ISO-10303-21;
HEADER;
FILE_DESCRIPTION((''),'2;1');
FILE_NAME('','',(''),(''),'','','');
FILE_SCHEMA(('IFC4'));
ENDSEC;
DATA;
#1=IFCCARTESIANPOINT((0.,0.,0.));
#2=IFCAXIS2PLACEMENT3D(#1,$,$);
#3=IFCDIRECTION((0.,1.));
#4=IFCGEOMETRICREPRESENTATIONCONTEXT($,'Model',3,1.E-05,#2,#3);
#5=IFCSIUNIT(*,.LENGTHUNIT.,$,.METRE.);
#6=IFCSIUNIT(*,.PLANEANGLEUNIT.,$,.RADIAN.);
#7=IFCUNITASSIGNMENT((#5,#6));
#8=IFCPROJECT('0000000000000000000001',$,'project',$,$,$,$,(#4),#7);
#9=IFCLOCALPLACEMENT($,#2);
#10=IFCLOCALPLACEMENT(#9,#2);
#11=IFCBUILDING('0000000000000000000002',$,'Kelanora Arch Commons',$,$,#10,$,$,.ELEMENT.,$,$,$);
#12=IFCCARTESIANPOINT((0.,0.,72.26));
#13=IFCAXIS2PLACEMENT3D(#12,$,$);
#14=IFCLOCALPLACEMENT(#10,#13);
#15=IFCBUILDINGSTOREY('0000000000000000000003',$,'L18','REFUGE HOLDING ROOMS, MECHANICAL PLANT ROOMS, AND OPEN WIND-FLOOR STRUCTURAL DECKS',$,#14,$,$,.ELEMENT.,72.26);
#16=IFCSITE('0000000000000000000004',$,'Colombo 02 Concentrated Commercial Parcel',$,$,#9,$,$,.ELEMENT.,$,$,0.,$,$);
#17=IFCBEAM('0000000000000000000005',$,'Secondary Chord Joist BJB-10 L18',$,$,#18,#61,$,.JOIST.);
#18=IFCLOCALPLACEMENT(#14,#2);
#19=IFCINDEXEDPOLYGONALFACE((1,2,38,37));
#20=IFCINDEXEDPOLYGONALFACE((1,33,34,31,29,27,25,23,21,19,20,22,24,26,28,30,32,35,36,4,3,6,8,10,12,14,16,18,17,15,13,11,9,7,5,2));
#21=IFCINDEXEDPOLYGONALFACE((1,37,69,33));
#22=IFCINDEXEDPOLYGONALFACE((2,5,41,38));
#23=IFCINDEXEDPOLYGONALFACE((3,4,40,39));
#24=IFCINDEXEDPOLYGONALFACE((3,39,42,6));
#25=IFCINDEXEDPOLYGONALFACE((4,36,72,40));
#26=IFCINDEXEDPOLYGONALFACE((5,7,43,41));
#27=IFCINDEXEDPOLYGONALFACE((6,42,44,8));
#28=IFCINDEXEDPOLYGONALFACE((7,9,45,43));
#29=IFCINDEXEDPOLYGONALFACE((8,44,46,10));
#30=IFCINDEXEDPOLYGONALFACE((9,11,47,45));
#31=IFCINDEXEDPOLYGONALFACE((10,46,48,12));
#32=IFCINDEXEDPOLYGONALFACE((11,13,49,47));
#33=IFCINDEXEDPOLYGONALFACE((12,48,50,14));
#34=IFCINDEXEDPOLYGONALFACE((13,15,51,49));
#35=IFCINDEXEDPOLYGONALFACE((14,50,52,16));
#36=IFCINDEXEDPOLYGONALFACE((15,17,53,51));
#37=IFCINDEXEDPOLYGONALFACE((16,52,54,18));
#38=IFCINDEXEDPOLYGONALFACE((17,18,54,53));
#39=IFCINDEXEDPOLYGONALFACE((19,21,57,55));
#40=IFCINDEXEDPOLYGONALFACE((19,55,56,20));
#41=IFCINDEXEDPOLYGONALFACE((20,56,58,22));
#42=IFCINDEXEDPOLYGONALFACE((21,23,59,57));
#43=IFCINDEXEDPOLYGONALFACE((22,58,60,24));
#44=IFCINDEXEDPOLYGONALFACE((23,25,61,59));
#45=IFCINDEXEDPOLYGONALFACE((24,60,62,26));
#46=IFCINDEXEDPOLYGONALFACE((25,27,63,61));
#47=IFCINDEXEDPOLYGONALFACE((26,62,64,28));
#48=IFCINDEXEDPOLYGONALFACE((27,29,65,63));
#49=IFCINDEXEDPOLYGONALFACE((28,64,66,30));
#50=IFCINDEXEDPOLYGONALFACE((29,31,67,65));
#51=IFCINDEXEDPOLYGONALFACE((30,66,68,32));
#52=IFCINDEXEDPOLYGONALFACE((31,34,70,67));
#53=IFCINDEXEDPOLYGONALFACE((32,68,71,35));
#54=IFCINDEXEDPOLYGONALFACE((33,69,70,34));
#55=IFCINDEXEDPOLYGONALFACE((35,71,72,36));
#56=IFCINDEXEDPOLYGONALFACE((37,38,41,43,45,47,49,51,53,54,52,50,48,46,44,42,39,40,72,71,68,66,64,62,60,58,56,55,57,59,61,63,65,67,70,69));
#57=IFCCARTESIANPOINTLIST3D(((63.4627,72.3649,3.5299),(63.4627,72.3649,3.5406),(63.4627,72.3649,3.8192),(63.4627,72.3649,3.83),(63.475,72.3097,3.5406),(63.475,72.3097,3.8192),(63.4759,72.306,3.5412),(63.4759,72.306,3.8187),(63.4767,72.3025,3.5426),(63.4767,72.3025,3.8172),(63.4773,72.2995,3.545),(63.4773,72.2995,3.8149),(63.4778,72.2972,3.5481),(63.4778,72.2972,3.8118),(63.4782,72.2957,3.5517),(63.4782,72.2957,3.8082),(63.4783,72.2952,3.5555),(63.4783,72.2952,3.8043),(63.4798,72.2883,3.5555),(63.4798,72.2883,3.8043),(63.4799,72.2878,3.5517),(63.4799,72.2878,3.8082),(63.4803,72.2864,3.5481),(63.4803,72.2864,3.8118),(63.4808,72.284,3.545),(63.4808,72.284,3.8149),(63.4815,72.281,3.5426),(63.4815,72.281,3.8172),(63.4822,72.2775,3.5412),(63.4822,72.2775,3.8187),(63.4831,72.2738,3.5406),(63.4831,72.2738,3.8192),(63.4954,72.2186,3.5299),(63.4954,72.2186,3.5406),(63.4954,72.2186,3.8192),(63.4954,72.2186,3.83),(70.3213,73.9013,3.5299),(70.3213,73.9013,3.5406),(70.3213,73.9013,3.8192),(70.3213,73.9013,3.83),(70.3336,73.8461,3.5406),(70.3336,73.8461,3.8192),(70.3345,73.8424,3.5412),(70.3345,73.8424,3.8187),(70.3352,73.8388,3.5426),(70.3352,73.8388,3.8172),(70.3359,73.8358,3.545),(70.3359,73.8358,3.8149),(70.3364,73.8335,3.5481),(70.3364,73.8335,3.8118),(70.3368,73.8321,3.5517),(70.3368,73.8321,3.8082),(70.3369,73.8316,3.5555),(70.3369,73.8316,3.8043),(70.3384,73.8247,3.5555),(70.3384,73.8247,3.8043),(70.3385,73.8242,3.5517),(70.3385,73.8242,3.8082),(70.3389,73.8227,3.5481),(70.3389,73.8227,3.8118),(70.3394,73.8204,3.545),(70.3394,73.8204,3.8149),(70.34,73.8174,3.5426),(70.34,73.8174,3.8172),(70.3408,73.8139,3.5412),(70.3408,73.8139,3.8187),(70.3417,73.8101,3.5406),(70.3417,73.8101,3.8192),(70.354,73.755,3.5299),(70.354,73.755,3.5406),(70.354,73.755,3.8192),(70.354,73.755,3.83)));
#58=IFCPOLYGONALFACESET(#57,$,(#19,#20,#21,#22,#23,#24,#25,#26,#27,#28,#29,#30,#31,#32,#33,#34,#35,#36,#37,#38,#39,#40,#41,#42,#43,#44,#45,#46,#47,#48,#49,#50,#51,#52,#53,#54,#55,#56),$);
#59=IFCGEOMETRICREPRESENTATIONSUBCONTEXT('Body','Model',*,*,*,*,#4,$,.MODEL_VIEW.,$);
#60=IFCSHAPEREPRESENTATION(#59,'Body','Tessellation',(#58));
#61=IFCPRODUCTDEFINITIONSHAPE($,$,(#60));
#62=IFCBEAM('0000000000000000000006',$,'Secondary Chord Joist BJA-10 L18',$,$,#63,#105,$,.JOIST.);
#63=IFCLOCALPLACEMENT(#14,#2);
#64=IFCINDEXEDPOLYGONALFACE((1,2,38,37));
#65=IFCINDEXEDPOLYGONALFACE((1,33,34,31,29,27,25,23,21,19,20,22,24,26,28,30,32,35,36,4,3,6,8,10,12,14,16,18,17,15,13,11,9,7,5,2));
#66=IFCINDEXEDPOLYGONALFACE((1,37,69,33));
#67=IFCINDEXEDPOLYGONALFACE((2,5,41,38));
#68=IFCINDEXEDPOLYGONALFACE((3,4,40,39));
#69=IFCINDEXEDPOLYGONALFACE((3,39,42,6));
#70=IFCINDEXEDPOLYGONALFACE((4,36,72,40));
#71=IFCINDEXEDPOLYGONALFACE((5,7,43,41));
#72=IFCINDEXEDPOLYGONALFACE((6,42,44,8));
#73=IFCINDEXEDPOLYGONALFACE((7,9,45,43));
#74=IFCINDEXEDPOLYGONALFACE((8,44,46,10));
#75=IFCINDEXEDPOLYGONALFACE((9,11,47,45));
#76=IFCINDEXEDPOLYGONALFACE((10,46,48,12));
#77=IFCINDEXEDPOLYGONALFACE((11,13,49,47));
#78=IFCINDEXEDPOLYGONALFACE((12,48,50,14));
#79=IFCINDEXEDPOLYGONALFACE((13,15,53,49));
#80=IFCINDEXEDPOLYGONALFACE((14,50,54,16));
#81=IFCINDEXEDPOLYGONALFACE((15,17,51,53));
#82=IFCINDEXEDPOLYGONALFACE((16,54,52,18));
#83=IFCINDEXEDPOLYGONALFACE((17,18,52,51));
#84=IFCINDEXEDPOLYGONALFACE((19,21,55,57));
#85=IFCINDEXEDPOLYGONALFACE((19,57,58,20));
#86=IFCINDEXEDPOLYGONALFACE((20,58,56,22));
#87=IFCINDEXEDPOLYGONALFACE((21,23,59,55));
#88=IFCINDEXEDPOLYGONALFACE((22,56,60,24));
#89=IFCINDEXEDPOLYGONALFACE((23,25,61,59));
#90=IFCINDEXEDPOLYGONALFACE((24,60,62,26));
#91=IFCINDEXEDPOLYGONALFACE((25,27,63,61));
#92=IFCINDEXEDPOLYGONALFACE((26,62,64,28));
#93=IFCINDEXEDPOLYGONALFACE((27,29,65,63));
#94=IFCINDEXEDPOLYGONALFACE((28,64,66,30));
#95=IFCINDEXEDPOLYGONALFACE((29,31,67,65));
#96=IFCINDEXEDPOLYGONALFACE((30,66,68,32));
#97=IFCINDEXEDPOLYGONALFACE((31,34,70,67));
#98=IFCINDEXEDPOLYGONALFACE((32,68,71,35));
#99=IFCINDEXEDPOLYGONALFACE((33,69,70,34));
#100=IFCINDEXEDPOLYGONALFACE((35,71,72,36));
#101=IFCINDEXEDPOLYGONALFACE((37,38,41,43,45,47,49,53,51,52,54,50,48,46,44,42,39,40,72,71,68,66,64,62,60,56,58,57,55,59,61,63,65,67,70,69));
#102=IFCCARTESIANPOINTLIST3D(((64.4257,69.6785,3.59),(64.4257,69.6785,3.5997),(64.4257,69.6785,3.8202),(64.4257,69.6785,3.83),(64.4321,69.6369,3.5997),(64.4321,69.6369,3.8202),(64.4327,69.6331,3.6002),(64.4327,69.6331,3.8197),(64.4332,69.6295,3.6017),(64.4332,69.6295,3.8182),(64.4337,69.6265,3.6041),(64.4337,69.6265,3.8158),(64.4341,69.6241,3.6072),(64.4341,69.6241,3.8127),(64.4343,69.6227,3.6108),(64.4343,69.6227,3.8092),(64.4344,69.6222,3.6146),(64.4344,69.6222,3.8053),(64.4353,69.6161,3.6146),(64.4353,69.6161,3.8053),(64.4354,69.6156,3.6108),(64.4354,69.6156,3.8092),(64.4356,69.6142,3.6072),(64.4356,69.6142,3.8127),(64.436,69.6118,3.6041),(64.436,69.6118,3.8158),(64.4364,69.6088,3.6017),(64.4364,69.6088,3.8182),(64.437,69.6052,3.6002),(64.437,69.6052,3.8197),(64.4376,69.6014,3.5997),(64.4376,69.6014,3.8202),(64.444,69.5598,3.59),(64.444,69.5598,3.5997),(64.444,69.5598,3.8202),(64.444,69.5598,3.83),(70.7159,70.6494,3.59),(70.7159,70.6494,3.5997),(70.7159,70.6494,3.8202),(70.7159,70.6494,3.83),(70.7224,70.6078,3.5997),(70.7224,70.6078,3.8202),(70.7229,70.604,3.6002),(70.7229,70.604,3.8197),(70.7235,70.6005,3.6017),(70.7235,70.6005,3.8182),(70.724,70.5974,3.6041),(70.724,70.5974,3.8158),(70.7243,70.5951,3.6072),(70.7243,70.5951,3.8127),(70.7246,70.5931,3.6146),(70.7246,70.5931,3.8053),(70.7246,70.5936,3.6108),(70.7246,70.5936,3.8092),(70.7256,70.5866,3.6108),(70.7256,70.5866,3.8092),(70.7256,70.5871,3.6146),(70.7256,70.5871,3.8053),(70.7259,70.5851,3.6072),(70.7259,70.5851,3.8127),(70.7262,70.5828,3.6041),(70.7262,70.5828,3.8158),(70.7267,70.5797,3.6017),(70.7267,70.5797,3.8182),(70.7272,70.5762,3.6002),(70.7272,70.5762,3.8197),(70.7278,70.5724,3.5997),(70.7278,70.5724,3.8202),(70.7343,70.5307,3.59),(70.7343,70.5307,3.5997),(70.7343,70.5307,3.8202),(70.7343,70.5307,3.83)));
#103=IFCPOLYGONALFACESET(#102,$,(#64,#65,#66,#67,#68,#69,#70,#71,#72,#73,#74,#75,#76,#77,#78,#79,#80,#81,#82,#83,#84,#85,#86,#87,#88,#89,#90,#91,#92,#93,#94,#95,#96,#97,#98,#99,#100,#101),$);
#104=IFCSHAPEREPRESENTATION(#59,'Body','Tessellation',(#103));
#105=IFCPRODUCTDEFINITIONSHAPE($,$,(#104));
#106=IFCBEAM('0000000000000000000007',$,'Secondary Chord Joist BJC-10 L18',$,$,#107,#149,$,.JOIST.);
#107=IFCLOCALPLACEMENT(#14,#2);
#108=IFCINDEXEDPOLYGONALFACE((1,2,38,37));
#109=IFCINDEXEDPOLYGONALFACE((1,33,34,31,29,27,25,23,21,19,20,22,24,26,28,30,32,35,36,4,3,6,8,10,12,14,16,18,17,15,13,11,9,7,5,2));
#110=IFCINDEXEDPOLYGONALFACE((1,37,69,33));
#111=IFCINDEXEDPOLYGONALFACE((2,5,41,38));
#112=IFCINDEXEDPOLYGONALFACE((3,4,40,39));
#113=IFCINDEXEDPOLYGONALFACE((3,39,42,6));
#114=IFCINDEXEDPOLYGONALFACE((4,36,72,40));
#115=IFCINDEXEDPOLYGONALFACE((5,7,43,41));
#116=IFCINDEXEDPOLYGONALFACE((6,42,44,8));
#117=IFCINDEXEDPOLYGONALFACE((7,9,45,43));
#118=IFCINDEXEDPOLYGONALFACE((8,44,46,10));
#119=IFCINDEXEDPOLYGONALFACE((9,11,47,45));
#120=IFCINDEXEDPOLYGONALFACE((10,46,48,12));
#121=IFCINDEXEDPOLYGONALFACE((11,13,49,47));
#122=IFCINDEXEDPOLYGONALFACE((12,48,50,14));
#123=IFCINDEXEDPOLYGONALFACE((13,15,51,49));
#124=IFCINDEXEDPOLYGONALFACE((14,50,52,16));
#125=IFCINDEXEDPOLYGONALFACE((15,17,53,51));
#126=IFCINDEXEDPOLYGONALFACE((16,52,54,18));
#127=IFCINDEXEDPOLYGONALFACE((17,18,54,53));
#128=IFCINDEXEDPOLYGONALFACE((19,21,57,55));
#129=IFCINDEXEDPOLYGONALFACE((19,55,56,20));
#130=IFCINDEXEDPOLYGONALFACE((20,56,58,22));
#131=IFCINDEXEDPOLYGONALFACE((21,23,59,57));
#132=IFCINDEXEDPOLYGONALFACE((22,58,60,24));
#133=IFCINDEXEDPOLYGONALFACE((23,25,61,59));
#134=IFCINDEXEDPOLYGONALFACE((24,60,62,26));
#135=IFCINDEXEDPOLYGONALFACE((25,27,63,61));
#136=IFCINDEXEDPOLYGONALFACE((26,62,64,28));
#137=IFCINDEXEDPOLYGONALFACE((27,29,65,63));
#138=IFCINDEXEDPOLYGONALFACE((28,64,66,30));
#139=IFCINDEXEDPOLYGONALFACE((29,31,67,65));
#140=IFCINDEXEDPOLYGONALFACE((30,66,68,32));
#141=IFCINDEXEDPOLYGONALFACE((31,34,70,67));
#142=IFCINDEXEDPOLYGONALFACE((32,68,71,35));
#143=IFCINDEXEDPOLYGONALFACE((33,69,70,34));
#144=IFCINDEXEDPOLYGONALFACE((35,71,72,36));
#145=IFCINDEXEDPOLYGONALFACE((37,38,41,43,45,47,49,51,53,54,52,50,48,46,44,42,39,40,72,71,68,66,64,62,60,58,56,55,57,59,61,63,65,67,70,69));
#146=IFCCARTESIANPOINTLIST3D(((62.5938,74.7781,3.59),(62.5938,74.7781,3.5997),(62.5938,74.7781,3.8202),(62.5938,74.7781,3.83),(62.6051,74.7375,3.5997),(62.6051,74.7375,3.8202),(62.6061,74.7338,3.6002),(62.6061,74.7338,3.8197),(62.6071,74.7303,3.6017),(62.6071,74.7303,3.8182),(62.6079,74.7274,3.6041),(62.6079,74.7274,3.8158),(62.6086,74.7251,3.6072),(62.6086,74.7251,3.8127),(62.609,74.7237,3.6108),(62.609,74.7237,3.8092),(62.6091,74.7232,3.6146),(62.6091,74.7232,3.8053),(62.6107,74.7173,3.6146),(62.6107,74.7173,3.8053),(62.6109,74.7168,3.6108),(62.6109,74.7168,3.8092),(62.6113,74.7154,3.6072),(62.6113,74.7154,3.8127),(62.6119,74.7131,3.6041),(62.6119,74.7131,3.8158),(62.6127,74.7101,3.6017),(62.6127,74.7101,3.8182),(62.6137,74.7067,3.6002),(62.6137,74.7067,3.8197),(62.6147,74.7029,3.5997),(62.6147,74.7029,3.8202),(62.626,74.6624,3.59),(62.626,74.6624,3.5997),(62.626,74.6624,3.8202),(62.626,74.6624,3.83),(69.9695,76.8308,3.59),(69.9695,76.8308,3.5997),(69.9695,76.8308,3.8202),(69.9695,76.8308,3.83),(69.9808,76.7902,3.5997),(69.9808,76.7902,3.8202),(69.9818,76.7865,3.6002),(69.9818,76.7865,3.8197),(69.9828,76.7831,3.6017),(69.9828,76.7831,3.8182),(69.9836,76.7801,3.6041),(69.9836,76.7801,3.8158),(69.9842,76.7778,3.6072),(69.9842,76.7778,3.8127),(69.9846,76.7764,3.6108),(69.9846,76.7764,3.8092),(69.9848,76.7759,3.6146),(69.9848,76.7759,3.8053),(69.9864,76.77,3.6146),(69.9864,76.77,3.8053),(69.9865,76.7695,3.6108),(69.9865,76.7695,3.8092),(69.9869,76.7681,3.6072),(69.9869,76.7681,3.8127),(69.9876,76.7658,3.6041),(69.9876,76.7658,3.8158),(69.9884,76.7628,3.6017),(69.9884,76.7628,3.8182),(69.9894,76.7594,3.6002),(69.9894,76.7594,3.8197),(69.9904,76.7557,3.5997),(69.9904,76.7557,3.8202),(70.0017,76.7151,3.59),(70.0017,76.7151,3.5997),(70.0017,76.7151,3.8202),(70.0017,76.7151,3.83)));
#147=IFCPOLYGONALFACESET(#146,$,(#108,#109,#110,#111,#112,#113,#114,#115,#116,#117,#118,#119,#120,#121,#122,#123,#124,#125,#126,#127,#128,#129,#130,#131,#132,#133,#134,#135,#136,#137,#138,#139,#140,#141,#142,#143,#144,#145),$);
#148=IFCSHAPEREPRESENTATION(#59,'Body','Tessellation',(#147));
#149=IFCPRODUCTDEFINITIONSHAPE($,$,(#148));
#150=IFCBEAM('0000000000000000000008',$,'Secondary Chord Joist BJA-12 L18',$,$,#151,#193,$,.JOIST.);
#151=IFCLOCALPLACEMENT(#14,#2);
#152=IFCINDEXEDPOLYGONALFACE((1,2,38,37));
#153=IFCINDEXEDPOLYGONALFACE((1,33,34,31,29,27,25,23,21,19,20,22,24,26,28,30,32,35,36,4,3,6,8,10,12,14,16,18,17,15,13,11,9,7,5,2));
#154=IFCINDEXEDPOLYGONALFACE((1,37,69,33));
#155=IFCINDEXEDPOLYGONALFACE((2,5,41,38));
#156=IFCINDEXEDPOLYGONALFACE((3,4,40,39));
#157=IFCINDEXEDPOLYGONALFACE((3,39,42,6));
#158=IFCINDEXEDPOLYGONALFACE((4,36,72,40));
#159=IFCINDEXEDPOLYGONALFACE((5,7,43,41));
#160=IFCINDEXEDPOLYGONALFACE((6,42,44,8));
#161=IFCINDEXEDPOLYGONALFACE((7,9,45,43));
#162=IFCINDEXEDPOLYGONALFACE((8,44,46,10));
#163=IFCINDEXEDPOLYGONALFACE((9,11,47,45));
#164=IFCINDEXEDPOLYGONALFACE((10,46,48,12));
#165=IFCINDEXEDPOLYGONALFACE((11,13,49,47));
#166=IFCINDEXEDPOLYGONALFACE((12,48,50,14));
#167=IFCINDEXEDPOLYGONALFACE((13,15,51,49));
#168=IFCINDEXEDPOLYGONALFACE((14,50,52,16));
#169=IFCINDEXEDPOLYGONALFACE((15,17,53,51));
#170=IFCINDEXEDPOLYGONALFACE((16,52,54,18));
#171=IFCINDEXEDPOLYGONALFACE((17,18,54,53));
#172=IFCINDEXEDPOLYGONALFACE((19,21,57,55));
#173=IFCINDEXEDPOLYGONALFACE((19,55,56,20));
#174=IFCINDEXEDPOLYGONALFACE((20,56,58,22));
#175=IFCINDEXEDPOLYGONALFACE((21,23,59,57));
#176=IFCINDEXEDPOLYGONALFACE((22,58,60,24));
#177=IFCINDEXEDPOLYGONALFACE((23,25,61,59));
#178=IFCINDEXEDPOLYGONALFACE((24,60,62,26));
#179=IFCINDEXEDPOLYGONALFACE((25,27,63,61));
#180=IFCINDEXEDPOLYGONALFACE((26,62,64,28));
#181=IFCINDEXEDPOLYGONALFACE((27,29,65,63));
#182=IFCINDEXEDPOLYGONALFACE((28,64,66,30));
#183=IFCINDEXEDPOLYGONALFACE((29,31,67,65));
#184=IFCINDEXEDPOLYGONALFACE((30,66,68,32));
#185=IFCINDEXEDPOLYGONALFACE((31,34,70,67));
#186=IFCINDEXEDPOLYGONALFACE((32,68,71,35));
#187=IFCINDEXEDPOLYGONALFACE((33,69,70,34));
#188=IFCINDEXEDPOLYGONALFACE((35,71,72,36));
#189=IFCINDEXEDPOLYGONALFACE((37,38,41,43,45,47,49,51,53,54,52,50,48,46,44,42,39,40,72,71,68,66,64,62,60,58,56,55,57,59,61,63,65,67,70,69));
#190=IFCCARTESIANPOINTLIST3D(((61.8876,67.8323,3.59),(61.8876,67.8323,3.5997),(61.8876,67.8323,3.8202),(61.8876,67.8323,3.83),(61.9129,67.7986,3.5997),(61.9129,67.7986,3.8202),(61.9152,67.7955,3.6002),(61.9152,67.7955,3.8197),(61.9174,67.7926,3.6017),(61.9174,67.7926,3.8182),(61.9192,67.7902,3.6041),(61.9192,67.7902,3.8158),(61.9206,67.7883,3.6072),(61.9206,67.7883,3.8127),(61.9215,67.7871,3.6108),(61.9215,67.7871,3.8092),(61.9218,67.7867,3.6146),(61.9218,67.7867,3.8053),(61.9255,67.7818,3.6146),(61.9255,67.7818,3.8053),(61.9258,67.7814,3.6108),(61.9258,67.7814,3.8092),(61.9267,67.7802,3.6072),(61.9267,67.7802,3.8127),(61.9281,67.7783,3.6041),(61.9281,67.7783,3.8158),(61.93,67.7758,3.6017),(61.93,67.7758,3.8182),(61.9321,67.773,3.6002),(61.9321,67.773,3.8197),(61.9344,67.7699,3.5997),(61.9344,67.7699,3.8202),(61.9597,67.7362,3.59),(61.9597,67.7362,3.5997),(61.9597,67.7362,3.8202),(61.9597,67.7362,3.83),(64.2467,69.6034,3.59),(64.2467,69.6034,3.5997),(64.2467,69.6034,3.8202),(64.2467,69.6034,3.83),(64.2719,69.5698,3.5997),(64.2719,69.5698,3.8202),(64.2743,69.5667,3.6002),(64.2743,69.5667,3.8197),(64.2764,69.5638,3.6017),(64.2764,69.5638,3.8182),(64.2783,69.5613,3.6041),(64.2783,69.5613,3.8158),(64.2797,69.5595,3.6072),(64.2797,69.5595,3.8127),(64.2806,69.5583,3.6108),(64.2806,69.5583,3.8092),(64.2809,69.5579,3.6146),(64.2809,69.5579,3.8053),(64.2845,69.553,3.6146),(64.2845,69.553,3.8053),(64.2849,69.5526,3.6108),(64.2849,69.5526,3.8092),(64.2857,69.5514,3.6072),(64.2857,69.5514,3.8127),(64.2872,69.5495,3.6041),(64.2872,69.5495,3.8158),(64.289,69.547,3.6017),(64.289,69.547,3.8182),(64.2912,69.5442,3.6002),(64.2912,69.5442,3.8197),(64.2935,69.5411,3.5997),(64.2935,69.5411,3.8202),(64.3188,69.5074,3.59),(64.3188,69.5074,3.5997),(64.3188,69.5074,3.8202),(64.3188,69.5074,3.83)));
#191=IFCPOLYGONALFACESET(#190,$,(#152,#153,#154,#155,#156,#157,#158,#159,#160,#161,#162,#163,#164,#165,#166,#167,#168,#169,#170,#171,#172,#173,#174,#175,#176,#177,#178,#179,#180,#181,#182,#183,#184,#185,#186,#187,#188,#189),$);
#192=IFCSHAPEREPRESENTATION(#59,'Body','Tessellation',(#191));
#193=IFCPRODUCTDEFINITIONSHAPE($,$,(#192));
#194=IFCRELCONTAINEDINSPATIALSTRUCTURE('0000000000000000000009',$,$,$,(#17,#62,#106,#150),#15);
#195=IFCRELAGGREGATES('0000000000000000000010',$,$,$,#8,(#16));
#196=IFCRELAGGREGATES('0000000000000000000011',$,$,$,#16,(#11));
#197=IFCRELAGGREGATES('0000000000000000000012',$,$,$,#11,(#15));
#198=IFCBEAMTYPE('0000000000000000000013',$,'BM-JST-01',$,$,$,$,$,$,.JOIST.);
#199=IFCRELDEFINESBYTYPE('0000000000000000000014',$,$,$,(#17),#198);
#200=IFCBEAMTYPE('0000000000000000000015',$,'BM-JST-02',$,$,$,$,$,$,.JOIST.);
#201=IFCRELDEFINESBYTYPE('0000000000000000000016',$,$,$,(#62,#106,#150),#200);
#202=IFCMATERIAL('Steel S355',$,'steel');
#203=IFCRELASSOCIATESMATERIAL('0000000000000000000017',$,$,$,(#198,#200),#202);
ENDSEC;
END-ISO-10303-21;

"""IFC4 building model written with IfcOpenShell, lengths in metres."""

from ifc_helpers import new_model, si_unit, direction, frame, origin, origin_2d, place, context, subcontext, project, spatial, i_section, extrude, material, material_profile, profile_set, type_object, element, save


model = new_model("IFC4")

# Units and contexts
model_context = context("Model", 3, precision=1e-05, world=origin(), true_north=direction((0.0, 1.0)))
body_context = subcontext(model_context, "Body", "Model", "MODEL_VIEW")
ifc_project = project(units=[si_unit("LENGTHUNIT", "METRE"), si_unit("PLANEANGLEUNIT", "RADIAN")], contexts=[model_context])

# Site, building, storey
site_placement = place(None, origin())
site = spatial("IfcSite", under=ifc_project, at=site_placement, Name="Colombo 02 Concentrated Commercial Parcel", CompositionType="ELEMENT", RefElevation=0.0)
building_placement = place(site_placement, origin())
building = spatial("IfcBuilding", under=site, at=building_placement, Name="Kelanora Arch Commons", CompositionType="ELEMENT")
storey_placement = place(building_placement, frame((0.0, 0.0, 72.26)))
storey = spatial("IfcBuildingStorey", under=building, at=storey_placement, Name="L18", Description="REFUGE HOLDING ROOMS, MECHANICAL PLANT ROOMS, AND OPEN WIND-FLOOR STRUCTURAL DECKS", CompositionType="ELEMENT", Elevation=72.26)

# Beams
ifc_material_1 = material(Name="Steel S355", Category="steel")
ifc_material_profile_1 = material_profile(ifc_material_1, i_section(OverallWidth=0.1499, OverallDepth=0.3, WebThickness=0.0071, FlangeThickness=0.0107, FilletRadius=0.0149, at=origin_2d()), Name="IPE300")
ifc_profile_set_1 = profile_set([ifc_material_profile_1], Name="Steel S355")
beam_type_1 = type_object("IfcBeamType", Name="BM-JST-01", PredefinedType="JOIST", material=ifc_profile_set_1)
beam_1_placement = place(storey_placement, frame((70.3376, 73.8281, 3.6799), z_axis=(-0.975817, -0.218589, 0.0), x_axis=(0.218589, -0.975817, 0.0)))
element("IfcBeam", 1, at=beam_1_placement, inside=storey, type_object=beam_type_1, Name="Secondary Chord Joist BJB-10 L18", PredefinedType="JOIST", context=body_context, shape_type="SweptSolid", body=[
    extrude(i_section(OverallWidth=0.1499, OverallDepth=0.3, WebThickness=0.0071, FlangeThickness=0.0107, FilletRadius=0.0149, at=origin_2d()), origin(), (0.0, 0.0, 1.0), 7.0286),
])
ifc_material_profile_2 = material_profile(ifc_material_1, i_section(OverallWidth=0.1201, OverallDepth=0.24, WebThickness=0.0061, FlangeThickness=0.0098, FilletRadius=0.0149, at=origin_2d()), Name="IPE240")
ifc_profile_set_2 = profile_set([ifc_material_profile_2], Name="Steel S355")
beam_type_2 = type_object("IfcBeamType", Name="BM-JST-02", PredefinedType="JOIST", material=ifc_profile_set_2)
beam_2_placement = place(storey_placement, frame((70.7251, 70.5901, 3.71), z_axis=(-0.988296, -0.15255, 0.0), x_axis=(0.15255, -0.988296, 0.0)))
element("IfcBeam", 2, at=beam_2_placement, inside=storey, type_object=beam_type_2, Name="Secondary Chord Joist BJA-10 L18", PredefinedType="JOIST", context=body_context, shape_type="SweptSolid", body=[
    extrude(i_section(OverallWidth=0.1201, OverallDepth=0.24, WebThickness=0.0061, FlangeThickness=0.0098, FilletRadius=0.0149, at=origin_2d()), origin(), (0.0, 0.0, 1.0), 6.3647),
])
beam_3_placement = place(storey_placement, frame((69.9856, 76.7729, 3.71), z_axis=(-0.963386, -0.268119, 0.0), x_axis=(0.268119, -0.963386, 0.0)))
element("IfcBeam", 3, at=beam_3_placement, inside=storey, type_object=beam_type_2, Name="Secondary Chord Joist BJC-10 L18", PredefinedType="JOIST", context=body_context, shape_type="SweptSolid", body=[
    extrude(i_section(OverallWidth=0.1201, OverallDepth=0.24, WebThickness=0.0061, FlangeThickness=0.0098, FilletRadius=0.0149, at=origin_2d()), origin(), (0.0, 0.0, 1.0), 7.656),
])
beam_4_placement = place(storey_placement, frame((64.2827, 69.5554, 3.71), z_axis=(-0.799692, -0.60041, 0.0), x_axis=(0.60041, -0.799692, 0.0)))
element("IfcBeam", 4, at=beam_4_placement, inside=storey, type_object=beam_type_2, Name="Secondary Chord Joist BJA-12 L18", PredefinedType="JOIST", context=body_context, shape_type="SweptSolid", body=[
    extrude(i_section(OverallWidth=0.1201, OverallDepth=0.24, WebThickness=0.0061, FlangeThickness=0.0098, FilletRadius=0.0149, at=origin_2d()), origin(), (0.0, 0.0, 1.0), 2.95),
])

save(model, "model.ifc")
